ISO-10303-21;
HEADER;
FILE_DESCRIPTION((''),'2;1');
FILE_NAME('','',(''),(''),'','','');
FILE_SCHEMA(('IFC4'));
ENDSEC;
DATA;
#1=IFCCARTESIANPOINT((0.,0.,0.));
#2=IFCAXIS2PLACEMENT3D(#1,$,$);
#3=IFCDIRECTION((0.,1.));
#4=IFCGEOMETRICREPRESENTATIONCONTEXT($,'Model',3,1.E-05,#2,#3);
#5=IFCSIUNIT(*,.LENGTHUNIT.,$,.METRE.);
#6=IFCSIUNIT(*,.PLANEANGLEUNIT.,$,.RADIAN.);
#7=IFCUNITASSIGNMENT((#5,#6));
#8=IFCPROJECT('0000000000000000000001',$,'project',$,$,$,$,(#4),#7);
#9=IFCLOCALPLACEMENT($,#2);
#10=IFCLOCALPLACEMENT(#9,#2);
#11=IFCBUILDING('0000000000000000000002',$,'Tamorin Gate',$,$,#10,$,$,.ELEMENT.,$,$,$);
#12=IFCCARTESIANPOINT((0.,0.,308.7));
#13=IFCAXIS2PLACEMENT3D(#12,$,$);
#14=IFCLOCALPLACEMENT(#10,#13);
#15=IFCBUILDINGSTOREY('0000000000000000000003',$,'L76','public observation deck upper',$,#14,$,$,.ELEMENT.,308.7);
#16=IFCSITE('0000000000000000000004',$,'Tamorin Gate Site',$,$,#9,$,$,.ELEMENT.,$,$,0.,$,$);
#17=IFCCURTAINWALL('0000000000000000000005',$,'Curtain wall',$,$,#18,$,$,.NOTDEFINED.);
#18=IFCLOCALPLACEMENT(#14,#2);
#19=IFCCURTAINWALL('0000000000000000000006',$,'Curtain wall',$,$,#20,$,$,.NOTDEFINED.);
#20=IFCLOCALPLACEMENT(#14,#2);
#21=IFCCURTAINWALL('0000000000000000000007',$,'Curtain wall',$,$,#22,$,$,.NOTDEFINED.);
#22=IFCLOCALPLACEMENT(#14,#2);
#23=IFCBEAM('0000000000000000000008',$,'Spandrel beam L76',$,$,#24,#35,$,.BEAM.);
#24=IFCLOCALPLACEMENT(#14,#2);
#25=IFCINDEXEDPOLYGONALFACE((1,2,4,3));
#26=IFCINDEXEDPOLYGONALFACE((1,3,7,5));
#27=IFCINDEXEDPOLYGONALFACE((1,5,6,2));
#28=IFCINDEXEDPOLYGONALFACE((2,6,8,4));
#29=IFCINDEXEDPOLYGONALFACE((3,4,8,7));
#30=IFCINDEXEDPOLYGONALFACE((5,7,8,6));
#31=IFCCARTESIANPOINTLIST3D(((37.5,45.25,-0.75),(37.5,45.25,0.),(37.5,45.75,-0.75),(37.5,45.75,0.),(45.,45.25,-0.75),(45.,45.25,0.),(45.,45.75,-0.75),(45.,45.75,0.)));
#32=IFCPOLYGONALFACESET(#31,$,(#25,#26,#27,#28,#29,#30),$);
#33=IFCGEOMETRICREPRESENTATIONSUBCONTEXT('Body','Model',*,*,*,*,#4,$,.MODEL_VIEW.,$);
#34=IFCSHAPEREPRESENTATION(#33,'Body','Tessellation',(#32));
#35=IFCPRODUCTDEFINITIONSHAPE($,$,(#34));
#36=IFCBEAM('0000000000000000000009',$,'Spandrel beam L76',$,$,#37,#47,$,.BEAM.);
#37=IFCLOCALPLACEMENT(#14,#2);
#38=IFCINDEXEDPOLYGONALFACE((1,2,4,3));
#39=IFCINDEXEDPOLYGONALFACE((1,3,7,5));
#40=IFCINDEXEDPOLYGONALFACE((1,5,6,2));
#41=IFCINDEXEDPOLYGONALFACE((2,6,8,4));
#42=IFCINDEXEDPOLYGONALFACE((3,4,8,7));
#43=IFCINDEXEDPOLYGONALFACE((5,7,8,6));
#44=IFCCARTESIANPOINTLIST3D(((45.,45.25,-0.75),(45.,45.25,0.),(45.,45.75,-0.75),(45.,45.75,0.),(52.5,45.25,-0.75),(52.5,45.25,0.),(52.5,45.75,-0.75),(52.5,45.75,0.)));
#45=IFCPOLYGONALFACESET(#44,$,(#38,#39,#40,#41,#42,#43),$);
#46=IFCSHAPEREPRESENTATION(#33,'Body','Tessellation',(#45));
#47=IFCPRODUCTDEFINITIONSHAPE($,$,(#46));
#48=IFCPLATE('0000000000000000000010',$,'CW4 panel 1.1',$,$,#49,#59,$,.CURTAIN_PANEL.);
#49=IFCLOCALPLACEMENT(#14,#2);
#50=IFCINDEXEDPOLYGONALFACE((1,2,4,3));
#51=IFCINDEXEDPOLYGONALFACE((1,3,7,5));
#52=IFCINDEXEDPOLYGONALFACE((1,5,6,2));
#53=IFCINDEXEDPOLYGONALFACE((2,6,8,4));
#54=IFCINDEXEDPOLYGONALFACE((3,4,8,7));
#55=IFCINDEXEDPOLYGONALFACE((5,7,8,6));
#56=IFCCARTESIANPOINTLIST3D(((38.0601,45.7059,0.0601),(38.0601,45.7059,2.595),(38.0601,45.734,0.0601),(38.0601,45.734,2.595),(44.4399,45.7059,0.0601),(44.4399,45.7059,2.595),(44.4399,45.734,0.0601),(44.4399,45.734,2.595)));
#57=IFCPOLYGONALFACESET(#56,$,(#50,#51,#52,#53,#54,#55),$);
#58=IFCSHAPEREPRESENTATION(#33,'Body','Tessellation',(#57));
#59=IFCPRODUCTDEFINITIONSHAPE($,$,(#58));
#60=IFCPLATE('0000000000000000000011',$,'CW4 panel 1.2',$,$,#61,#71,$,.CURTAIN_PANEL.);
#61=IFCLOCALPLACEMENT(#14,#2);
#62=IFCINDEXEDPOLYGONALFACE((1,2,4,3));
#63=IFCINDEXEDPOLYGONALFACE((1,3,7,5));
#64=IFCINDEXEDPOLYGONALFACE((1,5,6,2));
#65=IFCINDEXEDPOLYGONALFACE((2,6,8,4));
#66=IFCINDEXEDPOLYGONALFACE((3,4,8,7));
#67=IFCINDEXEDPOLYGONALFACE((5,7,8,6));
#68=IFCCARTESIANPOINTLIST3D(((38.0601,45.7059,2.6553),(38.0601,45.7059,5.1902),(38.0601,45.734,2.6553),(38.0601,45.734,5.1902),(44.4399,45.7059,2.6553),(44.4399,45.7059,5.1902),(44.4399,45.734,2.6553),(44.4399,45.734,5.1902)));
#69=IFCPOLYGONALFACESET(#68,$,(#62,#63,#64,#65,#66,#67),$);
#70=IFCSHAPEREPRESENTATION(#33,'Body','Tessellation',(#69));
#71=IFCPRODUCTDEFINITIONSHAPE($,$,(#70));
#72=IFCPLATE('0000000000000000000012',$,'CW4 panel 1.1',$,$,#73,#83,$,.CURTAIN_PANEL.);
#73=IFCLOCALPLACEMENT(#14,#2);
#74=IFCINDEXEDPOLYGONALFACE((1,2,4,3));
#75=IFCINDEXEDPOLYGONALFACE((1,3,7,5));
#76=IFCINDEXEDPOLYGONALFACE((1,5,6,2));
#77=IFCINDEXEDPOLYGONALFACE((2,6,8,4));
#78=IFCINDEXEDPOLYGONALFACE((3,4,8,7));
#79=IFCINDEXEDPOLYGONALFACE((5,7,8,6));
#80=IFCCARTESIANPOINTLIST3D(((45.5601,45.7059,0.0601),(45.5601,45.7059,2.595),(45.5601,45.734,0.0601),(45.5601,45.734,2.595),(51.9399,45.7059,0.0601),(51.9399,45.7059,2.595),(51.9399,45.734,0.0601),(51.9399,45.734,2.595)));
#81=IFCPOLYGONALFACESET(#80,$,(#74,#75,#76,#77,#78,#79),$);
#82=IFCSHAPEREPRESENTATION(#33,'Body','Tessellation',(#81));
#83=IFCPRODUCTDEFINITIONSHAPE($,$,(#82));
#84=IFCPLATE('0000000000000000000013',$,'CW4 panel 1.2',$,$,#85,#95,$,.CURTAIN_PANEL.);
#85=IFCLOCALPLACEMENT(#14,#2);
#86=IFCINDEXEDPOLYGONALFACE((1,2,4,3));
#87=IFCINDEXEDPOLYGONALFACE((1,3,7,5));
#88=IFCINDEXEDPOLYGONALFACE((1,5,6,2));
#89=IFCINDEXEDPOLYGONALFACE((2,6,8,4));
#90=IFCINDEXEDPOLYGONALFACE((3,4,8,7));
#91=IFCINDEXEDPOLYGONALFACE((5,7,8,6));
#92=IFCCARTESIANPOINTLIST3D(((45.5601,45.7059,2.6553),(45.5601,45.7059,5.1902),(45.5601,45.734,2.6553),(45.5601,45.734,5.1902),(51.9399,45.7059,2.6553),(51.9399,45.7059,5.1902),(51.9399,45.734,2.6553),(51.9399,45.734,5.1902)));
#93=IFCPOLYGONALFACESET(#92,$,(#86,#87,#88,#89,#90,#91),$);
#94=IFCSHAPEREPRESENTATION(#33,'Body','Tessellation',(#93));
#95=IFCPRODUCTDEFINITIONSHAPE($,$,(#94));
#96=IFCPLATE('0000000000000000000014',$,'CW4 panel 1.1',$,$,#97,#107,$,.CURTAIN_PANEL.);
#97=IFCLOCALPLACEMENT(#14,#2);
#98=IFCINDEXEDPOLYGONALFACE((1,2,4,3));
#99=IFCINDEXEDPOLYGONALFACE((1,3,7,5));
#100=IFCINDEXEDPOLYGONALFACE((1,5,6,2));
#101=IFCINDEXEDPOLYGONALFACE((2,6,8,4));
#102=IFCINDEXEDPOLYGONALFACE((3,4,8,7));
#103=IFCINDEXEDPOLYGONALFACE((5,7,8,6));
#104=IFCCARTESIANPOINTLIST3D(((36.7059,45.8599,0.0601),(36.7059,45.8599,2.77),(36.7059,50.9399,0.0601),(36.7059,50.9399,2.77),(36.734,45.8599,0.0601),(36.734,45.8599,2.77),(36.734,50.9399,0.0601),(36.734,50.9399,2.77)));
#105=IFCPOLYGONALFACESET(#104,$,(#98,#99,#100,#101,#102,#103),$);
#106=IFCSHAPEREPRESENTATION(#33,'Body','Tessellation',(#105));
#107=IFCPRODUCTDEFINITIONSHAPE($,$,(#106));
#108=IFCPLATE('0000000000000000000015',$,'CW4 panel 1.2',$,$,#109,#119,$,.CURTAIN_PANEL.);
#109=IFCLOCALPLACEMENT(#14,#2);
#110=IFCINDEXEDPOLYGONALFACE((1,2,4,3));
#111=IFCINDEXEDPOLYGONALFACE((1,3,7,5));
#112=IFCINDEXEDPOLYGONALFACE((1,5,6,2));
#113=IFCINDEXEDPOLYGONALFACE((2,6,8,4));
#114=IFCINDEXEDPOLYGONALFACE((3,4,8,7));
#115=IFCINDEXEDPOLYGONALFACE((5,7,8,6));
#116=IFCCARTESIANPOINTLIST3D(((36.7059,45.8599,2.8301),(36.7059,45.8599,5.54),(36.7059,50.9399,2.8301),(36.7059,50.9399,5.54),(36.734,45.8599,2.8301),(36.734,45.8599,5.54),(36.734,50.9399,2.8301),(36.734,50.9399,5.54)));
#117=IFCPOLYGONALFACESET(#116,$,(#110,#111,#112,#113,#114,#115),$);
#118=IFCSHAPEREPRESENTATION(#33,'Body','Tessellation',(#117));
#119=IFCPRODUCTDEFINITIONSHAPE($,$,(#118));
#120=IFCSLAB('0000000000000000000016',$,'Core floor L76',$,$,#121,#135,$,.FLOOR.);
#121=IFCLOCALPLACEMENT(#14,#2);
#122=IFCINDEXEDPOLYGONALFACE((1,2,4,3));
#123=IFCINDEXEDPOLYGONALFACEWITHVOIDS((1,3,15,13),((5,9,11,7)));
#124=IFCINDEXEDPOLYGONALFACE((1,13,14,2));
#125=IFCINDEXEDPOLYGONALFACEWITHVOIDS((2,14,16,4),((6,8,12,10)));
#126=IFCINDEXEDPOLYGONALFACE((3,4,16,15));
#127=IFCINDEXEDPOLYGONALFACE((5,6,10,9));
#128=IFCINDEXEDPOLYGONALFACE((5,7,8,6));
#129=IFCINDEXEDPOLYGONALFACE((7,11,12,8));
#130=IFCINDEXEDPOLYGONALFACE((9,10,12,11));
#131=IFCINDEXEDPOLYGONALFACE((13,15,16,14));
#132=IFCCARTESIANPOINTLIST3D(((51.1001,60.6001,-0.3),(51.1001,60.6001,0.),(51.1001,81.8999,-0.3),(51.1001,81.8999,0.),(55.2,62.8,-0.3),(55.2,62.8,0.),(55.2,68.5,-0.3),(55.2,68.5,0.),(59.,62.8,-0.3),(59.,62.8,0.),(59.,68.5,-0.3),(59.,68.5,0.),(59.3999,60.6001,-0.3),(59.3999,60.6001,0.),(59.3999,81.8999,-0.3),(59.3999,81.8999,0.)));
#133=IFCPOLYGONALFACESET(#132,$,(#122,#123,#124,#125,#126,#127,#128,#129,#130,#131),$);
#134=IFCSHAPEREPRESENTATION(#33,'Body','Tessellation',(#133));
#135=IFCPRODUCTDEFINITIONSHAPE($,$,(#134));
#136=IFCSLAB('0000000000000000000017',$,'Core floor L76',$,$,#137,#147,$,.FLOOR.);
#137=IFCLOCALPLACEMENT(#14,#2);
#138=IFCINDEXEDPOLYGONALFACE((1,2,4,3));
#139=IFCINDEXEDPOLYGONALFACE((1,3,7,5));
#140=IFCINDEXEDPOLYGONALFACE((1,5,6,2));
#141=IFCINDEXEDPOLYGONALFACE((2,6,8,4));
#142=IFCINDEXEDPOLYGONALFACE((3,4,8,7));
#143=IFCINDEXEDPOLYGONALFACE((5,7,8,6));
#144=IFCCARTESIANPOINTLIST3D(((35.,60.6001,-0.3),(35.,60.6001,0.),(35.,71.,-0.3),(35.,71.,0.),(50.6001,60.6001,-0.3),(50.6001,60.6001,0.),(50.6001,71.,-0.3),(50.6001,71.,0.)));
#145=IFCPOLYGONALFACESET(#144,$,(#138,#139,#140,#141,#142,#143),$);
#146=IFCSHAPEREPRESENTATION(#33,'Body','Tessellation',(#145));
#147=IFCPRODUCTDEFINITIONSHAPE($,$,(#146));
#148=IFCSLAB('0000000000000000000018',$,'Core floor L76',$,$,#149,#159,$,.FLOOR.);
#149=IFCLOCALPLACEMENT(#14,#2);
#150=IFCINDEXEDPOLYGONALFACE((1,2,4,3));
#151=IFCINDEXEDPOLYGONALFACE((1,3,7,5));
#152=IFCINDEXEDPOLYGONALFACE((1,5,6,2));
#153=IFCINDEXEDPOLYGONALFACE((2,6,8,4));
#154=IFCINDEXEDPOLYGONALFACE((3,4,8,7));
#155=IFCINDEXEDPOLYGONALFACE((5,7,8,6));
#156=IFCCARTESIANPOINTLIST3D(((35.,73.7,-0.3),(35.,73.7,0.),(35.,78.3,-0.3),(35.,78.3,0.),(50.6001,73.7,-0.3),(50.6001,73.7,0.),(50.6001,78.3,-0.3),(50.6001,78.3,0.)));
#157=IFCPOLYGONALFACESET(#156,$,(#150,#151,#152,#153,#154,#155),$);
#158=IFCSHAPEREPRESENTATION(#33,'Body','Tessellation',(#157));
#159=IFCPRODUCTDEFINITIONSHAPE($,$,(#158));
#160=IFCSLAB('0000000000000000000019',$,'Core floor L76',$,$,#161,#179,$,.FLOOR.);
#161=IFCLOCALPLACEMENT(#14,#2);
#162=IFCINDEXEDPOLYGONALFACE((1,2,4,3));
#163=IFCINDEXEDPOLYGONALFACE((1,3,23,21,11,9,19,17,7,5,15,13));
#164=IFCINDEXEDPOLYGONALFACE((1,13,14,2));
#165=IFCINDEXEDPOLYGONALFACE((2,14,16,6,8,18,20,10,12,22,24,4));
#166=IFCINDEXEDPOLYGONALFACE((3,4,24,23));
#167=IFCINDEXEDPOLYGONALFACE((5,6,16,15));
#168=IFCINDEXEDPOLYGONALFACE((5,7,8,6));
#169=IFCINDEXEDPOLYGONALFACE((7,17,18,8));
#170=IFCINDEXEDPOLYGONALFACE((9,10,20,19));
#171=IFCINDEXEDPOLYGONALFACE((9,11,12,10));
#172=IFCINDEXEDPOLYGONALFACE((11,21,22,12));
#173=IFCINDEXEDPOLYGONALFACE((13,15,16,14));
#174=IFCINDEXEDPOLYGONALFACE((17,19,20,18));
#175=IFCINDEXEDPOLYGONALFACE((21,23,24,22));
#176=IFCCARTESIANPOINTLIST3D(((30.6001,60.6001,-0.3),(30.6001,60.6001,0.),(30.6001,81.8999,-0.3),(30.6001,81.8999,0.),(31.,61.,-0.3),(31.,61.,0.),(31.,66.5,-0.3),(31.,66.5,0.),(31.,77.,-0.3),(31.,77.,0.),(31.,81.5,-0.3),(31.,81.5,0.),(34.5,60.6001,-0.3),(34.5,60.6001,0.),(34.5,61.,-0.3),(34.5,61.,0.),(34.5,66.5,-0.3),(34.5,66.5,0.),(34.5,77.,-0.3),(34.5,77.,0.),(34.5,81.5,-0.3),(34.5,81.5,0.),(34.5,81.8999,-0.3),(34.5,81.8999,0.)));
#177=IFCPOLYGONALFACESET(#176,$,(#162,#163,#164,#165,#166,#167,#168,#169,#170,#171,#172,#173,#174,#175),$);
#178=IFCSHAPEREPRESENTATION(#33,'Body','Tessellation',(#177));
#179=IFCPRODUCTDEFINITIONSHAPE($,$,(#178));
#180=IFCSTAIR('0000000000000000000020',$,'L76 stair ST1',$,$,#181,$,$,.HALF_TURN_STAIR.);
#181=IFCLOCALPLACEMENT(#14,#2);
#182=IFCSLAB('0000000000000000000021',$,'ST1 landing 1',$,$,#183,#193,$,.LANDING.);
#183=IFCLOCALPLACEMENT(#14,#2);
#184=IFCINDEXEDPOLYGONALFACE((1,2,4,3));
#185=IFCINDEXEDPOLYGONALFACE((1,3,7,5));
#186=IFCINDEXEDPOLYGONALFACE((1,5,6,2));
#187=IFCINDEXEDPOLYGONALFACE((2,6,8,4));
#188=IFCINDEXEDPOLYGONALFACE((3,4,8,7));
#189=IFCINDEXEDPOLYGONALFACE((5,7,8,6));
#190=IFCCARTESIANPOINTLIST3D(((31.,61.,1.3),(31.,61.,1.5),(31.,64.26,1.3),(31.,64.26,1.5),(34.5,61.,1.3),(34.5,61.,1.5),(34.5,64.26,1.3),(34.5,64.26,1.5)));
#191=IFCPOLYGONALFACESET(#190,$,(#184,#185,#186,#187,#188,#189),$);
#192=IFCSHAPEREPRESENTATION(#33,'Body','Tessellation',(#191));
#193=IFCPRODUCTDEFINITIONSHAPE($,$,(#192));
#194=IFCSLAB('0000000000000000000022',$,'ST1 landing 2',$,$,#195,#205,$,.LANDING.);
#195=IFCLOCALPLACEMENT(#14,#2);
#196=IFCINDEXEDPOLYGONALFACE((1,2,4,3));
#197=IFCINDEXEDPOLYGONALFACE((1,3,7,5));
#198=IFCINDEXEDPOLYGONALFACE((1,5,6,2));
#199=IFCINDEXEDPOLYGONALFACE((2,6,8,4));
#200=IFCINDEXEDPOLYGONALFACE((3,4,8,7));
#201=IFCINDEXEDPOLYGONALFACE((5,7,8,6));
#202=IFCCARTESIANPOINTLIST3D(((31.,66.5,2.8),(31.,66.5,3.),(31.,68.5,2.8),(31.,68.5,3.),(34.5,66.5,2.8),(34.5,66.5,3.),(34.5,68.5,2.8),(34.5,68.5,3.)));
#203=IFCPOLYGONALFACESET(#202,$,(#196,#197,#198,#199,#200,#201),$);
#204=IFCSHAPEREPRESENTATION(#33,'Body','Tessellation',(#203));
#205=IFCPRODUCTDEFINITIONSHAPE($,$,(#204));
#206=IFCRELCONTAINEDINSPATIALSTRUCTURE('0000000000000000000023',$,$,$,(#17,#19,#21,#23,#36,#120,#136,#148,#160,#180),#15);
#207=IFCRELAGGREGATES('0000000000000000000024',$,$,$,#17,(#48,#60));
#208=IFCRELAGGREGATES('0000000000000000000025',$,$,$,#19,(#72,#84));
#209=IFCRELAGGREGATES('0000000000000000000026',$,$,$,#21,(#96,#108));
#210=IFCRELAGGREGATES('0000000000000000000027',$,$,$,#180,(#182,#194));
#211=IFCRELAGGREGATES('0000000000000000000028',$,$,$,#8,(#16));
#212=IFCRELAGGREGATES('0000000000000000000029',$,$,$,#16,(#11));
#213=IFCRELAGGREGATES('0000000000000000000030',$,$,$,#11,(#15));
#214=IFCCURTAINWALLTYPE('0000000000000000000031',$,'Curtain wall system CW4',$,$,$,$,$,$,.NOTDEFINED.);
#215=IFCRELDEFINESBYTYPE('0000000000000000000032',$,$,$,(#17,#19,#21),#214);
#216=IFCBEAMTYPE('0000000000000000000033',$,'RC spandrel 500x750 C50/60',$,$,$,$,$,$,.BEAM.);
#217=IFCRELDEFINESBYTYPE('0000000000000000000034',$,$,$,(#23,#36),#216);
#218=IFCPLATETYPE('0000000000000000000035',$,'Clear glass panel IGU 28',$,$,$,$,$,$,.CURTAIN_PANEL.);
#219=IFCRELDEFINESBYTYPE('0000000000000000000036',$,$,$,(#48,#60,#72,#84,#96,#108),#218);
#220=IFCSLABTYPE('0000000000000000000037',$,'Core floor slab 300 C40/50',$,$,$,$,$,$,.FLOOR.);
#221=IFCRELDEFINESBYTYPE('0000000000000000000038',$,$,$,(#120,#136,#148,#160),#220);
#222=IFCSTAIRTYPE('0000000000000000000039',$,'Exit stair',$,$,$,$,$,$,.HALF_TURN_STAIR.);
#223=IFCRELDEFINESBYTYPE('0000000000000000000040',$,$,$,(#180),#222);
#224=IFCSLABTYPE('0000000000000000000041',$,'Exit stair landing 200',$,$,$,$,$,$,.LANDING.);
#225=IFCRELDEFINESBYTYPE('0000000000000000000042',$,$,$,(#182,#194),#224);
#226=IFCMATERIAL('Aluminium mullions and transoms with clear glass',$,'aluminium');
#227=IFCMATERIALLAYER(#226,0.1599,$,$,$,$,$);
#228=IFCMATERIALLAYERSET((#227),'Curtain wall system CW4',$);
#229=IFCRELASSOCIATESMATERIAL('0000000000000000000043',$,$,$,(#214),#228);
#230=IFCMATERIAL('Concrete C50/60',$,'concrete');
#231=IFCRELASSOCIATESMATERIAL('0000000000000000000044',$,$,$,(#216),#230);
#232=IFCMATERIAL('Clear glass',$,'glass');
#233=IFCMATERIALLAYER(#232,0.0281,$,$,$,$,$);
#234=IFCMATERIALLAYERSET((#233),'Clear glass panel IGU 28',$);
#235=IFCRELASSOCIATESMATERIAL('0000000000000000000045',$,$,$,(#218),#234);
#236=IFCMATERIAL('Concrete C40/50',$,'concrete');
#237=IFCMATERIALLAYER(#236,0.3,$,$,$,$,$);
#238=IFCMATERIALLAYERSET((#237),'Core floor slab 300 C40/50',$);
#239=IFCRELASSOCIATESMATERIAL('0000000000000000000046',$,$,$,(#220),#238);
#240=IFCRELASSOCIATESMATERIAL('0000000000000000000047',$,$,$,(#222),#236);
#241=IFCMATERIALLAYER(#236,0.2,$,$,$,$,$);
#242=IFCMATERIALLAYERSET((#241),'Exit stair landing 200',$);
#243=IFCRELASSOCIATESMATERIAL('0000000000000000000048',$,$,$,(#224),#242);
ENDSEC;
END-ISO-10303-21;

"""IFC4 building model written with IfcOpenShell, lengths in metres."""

from ifc_helpers import new_model, si_unit, direction, frame, origin, origin_2d, place, context, subcontext, project, spatial, polyline, rectangle, outline, extrude, material, layer, layer_set, material_profile, profile_set, type_object, element, aggregate, save


model = new_model("IFC4")

# Units and contexts
model_context = context("Model", 3, precision=1e-05, world=origin(), true_north=direction((0.0, 1.0)))
body_context = subcontext(model_context, "Body", "Model", "MODEL_VIEW")
ifc_project = project(units=[si_unit("LENGTHUNIT", "METRE"), si_unit("PLANEANGLEUNIT", "RADIAN")], contexts=[model_context])

# Site, building, storey
site_placement = place(None, origin())
site = spatial("IfcSite", under=ifc_project, at=site_placement, Name="Tamorin Gate Site", CompositionType="ELEMENT", RefElevation=0.0)
building_placement = place(site_placement, origin())
building = spatial("IfcBuilding", under=site, at=building_placement, Name="Tamorin Gate", CompositionType="ELEMENT")
storey_placement = place(building_placement, frame((0.0, 0.0, 308.7)))
storey = spatial("IfcBuildingStorey", under=building, at=storey_placement, Name="L76", Description="public observation deck upper", CompositionType="ELEMENT", Elevation=308.7)

# Shared definitions
ifc_material_1 = material(Name="Concrete C50/60", Category="concrete")

# Curtain wall
ifc_material_2 = material(Name="Aluminium mullions and transoms with clear glass", Category="aluminium")
ifc_layer_1 = layer(ifc_material_2, 0.1599)
ifc_layer_set_1 = layer_set([ifc_layer_1], Name="Curtain wall system CW4")
curtain_wall_type = type_object("IfcCurtainWallType", Name="Curtain wall system CW4", PredefinedType="NOTDEFINED", material=ifc_layer_set_1)
curtain_wall_1_placement = place(storey_placement, origin())
curtain_wall_1 = element("IfcCurtainWall", 1, at=curtain_wall_1_placement, inside=storey, type_object=curtain_wall_type, Name="Curtain wall", PredefinedType="NOTDEFINED")

# Curtain walls
curtain_wall_2_placement = place(storey_placement, origin())
curtain_wall_2 = element("IfcCurtainWall", 2, at=curtain_wall_2_placement, inside=storey, type_object=curtain_wall_type, Name="Curtain wall", PredefinedType="NOTDEFINED")
curtain_wall_3_placement = place(storey_placement, origin())
curtain_wall_3 = element("IfcCurtainWall", 3, at=curtain_wall_3_placement, inside=storey, type_object=curtain_wall_type, Name="Curtain wall", PredefinedType="NOTDEFINED")

# Beams
ifc_material_profile_1 = material_profile(ifc_material_1, rectangle(XDim=0.5, YDim=0.75, at=origin_2d()), Name="RC 500x750")
ifc_profile_set_1 = profile_set([ifc_material_profile_1], Name="Concrete C50/60")
beam_type = type_object("IfcBeamType", Name="RC spandrel 500x750 C50/60", PredefinedType="BEAM", material=ifc_profile_set_1)
for number, where, z_axis, x_axis, name in (
    (4, (37.5, 45.5, -0.375), (1.0, 0.0, 0.0), (0.0, 1.0, 0.0), "Spandrel beam L76"),
    (5, (45.0, 45.5, -0.375), (1.0, 0.0, 0.0), (0.0, 1.0, 0.0), "Spandrel beam L76"),
):
    element("IfcBeam", number, at=place(storey_placement, frame(where, z_axis=z_axis, x_axis=x_axis)), inside=storey, type_object=beam_type, Name=name, PredefinedType="BEAM", context=body_context, shape_type="SweptSolid", body=[
        extrude(rectangle(XDim=0.5, YDim=0.75, at=origin_2d()), origin(), (0.0, 0.0, 1.0), 7.5),
    ])

# Plates
ifc_material_3 = material(Name="Clear glass", Category="glass")
ifc_layer_2 = layer(ifc_material_3, 0.0281)
ifc_layer_set_2 = layer_set([ifc_layer_2], Name="Clear glass panel IGU 28")
plate_type = type_object("IfcPlateType", Name="Clear glass panel IGU 28", PredefinedType="CURTAIN_PANEL", material=ifc_layer_set_2)
plate_1_placement = place(storey_placement, frame((41.25, 45.72, 0.0601), z_axis=(0.0, 0.0, 1.0), x_axis=(1.0, 0.0, 0.0)))
plate_1 = element("IfcPlate", 6, at=plate_1_placement, type_object=plate_type, Name="CW4 panel 1.1", PredefinedType="CURTAIN_PANEL", context=body_context, shape_type="SweptSolid", body=[
    extrude(rectangle(XDim=6.3799, YDim=0.0281, at=origin_2d()), origin(), (0.0, 0.0, 1.0), 2.5349),
])
plate_2_placement = place(storey_placement, frame((41.25, 45.72, 2.6553), z_axis=(0.0, 0.0, 1.0), x_axis=(1.0, 0.0, 0.0)))
plate_2 = element("IfcPlate", 7, at=plate_2_placement, type_object=plate_type, Name="CW4 panel 1.2", PredefinedType="CURTAIN_PANEL", context=body_context, shape_type="SweptSolid", body=[
    extrude(rectangle(XDim=6.3799, YDim=0.0281, at=origin_2d()), origin(), (0.0, 0.0, 1.0), 2.5349),
])
aggregate(curtain_wall_1, [plate_1, plate_2])
plate_3_placement = place(storey_placement, frame((48.75, 45.72, 0.0601), z_axis=(0.0, 0.0, 1.0), x_axis=(1.0, 0.0, 0.0)))
plate_3 = element("IfcPlate", 8, at=plate_3_placement, type_object=plate_type, Name="CW4 panel 1.1", PredefinedType="CURTAIN_PANEL", context=body_context, shape_type="SweptSolid", body=[
    extrude(rectangle(XDim=6.3799, YDim=0.0281, at=origin_2d()), origin(), (0.0, 0.0, 1.0), 2.5349),
])
plate_4_placement = place(storey_placement, frame((48.75, 45.72, 2.6553), z_axis=(0.0, 0.0, 1.0), x_axis=(1.0, 0.0, 0.0)))
plate_4 = element("IfcPlate", 9, at=plate_4_placement, type_object=plate_type, Name="CW4 panel 1.2", PredefinedType="CURTAIN_PANEL", context=body_context, shape_type="SweptSolid", body=[
    extrude(rectangle(XDim=6.3799, YDim=0.0281, at=origin_2d()), origin(), (0.0, 0.0, 1.0), 2.5349),
])
aggregate(curtain_wall_2, [plate_3, plate_4])
plate_5_placement = place(storey_placement, frame((36.72, 48.3999, 0.0601), z_axis=(0.0, 0.0, 1.0), x_axis=(0.0, -1.0, 0.0)))
plate_5 = element("IfcPlate", 10, at=plate_5_placement, type_object=plate_type, Name="CW4 panel 1.1", PredefinedType="CURTAIN_PANEL", context=body_context, shape_type="SweptSolid", body=[
    extrude(rectangle(XDim=5.0801, YDim=0.0281, at=origin_2d()), origin(), (0.0, 0.0, 1.0), 2.71),
])
plate_6_placement = place(storey_placement, frame((36.72, 48.3999, 2.8301), z_axis=(0.0, 0.0, 1.0), x_axis=(0.0, -1.0, 0.0)))
plate_6 = element("IfcPlate", 11, at=plate_6_placement, type_object=plate_type, Name="CW4 panel 1.2", PredefinedType="CURTAIN_PANEL", context=body_context, shape_type="SweptSolid", body=[
    extrude(rectangle(XDim=5.0801, YDim=0.0281, at=origin_2d()), origin(), (0.0, 0.0, 1.0), 2.71),
])
aggregate(curtain_wall_3, [plate_5, plate_6])

# Slabs
ifc_material_4 = material(Name="Concrete C40/50", Category="concrete")
ifc_layer_3 = layer(ifc_material_4, 0.3)
ifc_layer_set_3 = layer_set([ifc_layer_3], Name="Core floor slab 300 C40/50")
slab_type_1 = type_object("IfcSlabType", Name="Core floor slab 300 C40/50", PredefinedType="FLOOR", material=ifc_layer_set_3)
slab_1_placement = place(storey_placement, frame((0.0, 0.0, -0.3)))
element("IfcSlab", 12, at=slab_1_placement, inside=storey, type_object=slab_type_1, Name="Core floor L76", PredefinedType="FLOOR", context=body_context, shape_type="SweptSolid", body=[
    extrude(outline(polyline([(51.1001, 81.8999), (59.3999, 81.8999), (59.3999, 60.6001), (51.1001, 60.6001), (51.1001, 81.8999)]), holes=[polyline([(55.2, 62.8), (59.0, 62.8), (59.0, 68.5), (55.2, 68.5), (55.2, 62.8)])]), origin(), (0.0, 0.0, 1.0), 0.3),
])
slab_2_placement = place(storey_placement, frame((0.0, 0.0, -0.3)))
element("IfcSlab", 13, at=slab_2_placement, inside=storey, type_object=slab_type_1, Name="Core floor L76", PredefinedType="FLOOR", context=body_context, shape_type="SweptSolid", body=[
    extrude(outline(polyline([(50.6001, 71.0), (50.6001, 60.6001), (35.0, 60.6001), (35.0, 71.0), (50.6001, 71.0)])), origin(), (0.0, 0.0, 1.0), 0.3),
])
slab_3_placement = place(storey_placement, frame((0.0, 0.0, -0.3)))
element("IfcSlab", 14, at=slab_3_placement, inside=storey, type_object=slab_type_1, Name="Core floor L76", PredefinedType="FLOOR", context=body_context, shape_type="SweptSolid", body=[
    extrude(outline(polyline([(50.6001, 73.7), (35.0, 73.7), (35.0, 78.3), (50.6001, 78.3), (50.6001, 73.7)])), origin(), (0.0, 0.0, 1.0), 0.3),
])
slab_4_placement = place(storey_placement, frame((0.0, 0.0, -0.3)))
element("IfcSlab", 15, at=slab_4_placement, inside=storey, type_object=slab_type_1, Name="Core floor L76", PredefinedType="FLOOR", context=body_context, shape_type="SweptSolid", body=[
    extrude(outline(polyline([(34.5, 60.6001), (30.6001, 60.6001), (30.6001, 81.8999), (34.5, 81.8999), (34.5, 81.5), (31.0, 81.5), (31.0, 77.0), (34.5, 77.0), (34.5, 66.5), (31.0, 66.5), (31.0, 61.0), (34.5, 61.0), (34.5, 60.6001)])), origin(), (0.0, 0.0, 1.0), 0.3),
])

# Stair, slabs
stair_type = type_object("IfcStairType", Name="Exit stair", PredefinedType="HALF_TURN_STAIR", material=ifc_material_4)
stair_1_placement = place(storey_placement, origin())
stair_1 = element("IfcStair", 16, at=stair_1_placement, inside=storey, type_object=stair_type, Name="L76 stair ST1", PredefinedType="HALF_TURN_STAIR")
ifc_layer_4 = layer(ifc_material_4, 0.2)
ifc_layer_set_4 = layer_set([ifc_layer_4], Name="Exit stair landing 200")
slab_type_2 = type_object("IfcSlabType", Name="Exit stair landing 200", PredefinedType="LANDING", material=ifc_layer_set_4)
slab_5_placement = place(storey_placement, frame((0.0, 0.0, 1.3)))
slab_5 = element("IfcSlab", 17, at=slab_5_placement, type_object=slab_type_2, Name="ST1 landing 1", PredefinedType="LANDING", context=body_context, shape_type="SweptSolid", body=[
    extrude(outline(polyline([(31.0, 64.26), (31.0, 61.0), (34.5, 61.0), (34.5, 64.26), (31.0, 64.26)])), origin(), (0.0, 0.0, 1.0), 0.2),
])
slab_6_placement = place(storey_placement, frame((0.0, 0.0, 2.8)))
slab_6 = element("IfcSlab", 18, at=slab_6_placement, type_object=slab_type_2, Name="ST1 landing 2", PredefinedType="LANDING", context=body_context, shape_type="SweptSolid", body=[
    extrude(outline(polyline([(31.0, 68.5), (31.0, 66.5), (34.5, 66.5), (34.5, 68.5), (31.0, 68.5)])), origin(), (0.0, 0.0, 1.0), 0.2),
])
aggregate(stair_1, [slab_5, slab_6])

save(model, "model.ifc")
